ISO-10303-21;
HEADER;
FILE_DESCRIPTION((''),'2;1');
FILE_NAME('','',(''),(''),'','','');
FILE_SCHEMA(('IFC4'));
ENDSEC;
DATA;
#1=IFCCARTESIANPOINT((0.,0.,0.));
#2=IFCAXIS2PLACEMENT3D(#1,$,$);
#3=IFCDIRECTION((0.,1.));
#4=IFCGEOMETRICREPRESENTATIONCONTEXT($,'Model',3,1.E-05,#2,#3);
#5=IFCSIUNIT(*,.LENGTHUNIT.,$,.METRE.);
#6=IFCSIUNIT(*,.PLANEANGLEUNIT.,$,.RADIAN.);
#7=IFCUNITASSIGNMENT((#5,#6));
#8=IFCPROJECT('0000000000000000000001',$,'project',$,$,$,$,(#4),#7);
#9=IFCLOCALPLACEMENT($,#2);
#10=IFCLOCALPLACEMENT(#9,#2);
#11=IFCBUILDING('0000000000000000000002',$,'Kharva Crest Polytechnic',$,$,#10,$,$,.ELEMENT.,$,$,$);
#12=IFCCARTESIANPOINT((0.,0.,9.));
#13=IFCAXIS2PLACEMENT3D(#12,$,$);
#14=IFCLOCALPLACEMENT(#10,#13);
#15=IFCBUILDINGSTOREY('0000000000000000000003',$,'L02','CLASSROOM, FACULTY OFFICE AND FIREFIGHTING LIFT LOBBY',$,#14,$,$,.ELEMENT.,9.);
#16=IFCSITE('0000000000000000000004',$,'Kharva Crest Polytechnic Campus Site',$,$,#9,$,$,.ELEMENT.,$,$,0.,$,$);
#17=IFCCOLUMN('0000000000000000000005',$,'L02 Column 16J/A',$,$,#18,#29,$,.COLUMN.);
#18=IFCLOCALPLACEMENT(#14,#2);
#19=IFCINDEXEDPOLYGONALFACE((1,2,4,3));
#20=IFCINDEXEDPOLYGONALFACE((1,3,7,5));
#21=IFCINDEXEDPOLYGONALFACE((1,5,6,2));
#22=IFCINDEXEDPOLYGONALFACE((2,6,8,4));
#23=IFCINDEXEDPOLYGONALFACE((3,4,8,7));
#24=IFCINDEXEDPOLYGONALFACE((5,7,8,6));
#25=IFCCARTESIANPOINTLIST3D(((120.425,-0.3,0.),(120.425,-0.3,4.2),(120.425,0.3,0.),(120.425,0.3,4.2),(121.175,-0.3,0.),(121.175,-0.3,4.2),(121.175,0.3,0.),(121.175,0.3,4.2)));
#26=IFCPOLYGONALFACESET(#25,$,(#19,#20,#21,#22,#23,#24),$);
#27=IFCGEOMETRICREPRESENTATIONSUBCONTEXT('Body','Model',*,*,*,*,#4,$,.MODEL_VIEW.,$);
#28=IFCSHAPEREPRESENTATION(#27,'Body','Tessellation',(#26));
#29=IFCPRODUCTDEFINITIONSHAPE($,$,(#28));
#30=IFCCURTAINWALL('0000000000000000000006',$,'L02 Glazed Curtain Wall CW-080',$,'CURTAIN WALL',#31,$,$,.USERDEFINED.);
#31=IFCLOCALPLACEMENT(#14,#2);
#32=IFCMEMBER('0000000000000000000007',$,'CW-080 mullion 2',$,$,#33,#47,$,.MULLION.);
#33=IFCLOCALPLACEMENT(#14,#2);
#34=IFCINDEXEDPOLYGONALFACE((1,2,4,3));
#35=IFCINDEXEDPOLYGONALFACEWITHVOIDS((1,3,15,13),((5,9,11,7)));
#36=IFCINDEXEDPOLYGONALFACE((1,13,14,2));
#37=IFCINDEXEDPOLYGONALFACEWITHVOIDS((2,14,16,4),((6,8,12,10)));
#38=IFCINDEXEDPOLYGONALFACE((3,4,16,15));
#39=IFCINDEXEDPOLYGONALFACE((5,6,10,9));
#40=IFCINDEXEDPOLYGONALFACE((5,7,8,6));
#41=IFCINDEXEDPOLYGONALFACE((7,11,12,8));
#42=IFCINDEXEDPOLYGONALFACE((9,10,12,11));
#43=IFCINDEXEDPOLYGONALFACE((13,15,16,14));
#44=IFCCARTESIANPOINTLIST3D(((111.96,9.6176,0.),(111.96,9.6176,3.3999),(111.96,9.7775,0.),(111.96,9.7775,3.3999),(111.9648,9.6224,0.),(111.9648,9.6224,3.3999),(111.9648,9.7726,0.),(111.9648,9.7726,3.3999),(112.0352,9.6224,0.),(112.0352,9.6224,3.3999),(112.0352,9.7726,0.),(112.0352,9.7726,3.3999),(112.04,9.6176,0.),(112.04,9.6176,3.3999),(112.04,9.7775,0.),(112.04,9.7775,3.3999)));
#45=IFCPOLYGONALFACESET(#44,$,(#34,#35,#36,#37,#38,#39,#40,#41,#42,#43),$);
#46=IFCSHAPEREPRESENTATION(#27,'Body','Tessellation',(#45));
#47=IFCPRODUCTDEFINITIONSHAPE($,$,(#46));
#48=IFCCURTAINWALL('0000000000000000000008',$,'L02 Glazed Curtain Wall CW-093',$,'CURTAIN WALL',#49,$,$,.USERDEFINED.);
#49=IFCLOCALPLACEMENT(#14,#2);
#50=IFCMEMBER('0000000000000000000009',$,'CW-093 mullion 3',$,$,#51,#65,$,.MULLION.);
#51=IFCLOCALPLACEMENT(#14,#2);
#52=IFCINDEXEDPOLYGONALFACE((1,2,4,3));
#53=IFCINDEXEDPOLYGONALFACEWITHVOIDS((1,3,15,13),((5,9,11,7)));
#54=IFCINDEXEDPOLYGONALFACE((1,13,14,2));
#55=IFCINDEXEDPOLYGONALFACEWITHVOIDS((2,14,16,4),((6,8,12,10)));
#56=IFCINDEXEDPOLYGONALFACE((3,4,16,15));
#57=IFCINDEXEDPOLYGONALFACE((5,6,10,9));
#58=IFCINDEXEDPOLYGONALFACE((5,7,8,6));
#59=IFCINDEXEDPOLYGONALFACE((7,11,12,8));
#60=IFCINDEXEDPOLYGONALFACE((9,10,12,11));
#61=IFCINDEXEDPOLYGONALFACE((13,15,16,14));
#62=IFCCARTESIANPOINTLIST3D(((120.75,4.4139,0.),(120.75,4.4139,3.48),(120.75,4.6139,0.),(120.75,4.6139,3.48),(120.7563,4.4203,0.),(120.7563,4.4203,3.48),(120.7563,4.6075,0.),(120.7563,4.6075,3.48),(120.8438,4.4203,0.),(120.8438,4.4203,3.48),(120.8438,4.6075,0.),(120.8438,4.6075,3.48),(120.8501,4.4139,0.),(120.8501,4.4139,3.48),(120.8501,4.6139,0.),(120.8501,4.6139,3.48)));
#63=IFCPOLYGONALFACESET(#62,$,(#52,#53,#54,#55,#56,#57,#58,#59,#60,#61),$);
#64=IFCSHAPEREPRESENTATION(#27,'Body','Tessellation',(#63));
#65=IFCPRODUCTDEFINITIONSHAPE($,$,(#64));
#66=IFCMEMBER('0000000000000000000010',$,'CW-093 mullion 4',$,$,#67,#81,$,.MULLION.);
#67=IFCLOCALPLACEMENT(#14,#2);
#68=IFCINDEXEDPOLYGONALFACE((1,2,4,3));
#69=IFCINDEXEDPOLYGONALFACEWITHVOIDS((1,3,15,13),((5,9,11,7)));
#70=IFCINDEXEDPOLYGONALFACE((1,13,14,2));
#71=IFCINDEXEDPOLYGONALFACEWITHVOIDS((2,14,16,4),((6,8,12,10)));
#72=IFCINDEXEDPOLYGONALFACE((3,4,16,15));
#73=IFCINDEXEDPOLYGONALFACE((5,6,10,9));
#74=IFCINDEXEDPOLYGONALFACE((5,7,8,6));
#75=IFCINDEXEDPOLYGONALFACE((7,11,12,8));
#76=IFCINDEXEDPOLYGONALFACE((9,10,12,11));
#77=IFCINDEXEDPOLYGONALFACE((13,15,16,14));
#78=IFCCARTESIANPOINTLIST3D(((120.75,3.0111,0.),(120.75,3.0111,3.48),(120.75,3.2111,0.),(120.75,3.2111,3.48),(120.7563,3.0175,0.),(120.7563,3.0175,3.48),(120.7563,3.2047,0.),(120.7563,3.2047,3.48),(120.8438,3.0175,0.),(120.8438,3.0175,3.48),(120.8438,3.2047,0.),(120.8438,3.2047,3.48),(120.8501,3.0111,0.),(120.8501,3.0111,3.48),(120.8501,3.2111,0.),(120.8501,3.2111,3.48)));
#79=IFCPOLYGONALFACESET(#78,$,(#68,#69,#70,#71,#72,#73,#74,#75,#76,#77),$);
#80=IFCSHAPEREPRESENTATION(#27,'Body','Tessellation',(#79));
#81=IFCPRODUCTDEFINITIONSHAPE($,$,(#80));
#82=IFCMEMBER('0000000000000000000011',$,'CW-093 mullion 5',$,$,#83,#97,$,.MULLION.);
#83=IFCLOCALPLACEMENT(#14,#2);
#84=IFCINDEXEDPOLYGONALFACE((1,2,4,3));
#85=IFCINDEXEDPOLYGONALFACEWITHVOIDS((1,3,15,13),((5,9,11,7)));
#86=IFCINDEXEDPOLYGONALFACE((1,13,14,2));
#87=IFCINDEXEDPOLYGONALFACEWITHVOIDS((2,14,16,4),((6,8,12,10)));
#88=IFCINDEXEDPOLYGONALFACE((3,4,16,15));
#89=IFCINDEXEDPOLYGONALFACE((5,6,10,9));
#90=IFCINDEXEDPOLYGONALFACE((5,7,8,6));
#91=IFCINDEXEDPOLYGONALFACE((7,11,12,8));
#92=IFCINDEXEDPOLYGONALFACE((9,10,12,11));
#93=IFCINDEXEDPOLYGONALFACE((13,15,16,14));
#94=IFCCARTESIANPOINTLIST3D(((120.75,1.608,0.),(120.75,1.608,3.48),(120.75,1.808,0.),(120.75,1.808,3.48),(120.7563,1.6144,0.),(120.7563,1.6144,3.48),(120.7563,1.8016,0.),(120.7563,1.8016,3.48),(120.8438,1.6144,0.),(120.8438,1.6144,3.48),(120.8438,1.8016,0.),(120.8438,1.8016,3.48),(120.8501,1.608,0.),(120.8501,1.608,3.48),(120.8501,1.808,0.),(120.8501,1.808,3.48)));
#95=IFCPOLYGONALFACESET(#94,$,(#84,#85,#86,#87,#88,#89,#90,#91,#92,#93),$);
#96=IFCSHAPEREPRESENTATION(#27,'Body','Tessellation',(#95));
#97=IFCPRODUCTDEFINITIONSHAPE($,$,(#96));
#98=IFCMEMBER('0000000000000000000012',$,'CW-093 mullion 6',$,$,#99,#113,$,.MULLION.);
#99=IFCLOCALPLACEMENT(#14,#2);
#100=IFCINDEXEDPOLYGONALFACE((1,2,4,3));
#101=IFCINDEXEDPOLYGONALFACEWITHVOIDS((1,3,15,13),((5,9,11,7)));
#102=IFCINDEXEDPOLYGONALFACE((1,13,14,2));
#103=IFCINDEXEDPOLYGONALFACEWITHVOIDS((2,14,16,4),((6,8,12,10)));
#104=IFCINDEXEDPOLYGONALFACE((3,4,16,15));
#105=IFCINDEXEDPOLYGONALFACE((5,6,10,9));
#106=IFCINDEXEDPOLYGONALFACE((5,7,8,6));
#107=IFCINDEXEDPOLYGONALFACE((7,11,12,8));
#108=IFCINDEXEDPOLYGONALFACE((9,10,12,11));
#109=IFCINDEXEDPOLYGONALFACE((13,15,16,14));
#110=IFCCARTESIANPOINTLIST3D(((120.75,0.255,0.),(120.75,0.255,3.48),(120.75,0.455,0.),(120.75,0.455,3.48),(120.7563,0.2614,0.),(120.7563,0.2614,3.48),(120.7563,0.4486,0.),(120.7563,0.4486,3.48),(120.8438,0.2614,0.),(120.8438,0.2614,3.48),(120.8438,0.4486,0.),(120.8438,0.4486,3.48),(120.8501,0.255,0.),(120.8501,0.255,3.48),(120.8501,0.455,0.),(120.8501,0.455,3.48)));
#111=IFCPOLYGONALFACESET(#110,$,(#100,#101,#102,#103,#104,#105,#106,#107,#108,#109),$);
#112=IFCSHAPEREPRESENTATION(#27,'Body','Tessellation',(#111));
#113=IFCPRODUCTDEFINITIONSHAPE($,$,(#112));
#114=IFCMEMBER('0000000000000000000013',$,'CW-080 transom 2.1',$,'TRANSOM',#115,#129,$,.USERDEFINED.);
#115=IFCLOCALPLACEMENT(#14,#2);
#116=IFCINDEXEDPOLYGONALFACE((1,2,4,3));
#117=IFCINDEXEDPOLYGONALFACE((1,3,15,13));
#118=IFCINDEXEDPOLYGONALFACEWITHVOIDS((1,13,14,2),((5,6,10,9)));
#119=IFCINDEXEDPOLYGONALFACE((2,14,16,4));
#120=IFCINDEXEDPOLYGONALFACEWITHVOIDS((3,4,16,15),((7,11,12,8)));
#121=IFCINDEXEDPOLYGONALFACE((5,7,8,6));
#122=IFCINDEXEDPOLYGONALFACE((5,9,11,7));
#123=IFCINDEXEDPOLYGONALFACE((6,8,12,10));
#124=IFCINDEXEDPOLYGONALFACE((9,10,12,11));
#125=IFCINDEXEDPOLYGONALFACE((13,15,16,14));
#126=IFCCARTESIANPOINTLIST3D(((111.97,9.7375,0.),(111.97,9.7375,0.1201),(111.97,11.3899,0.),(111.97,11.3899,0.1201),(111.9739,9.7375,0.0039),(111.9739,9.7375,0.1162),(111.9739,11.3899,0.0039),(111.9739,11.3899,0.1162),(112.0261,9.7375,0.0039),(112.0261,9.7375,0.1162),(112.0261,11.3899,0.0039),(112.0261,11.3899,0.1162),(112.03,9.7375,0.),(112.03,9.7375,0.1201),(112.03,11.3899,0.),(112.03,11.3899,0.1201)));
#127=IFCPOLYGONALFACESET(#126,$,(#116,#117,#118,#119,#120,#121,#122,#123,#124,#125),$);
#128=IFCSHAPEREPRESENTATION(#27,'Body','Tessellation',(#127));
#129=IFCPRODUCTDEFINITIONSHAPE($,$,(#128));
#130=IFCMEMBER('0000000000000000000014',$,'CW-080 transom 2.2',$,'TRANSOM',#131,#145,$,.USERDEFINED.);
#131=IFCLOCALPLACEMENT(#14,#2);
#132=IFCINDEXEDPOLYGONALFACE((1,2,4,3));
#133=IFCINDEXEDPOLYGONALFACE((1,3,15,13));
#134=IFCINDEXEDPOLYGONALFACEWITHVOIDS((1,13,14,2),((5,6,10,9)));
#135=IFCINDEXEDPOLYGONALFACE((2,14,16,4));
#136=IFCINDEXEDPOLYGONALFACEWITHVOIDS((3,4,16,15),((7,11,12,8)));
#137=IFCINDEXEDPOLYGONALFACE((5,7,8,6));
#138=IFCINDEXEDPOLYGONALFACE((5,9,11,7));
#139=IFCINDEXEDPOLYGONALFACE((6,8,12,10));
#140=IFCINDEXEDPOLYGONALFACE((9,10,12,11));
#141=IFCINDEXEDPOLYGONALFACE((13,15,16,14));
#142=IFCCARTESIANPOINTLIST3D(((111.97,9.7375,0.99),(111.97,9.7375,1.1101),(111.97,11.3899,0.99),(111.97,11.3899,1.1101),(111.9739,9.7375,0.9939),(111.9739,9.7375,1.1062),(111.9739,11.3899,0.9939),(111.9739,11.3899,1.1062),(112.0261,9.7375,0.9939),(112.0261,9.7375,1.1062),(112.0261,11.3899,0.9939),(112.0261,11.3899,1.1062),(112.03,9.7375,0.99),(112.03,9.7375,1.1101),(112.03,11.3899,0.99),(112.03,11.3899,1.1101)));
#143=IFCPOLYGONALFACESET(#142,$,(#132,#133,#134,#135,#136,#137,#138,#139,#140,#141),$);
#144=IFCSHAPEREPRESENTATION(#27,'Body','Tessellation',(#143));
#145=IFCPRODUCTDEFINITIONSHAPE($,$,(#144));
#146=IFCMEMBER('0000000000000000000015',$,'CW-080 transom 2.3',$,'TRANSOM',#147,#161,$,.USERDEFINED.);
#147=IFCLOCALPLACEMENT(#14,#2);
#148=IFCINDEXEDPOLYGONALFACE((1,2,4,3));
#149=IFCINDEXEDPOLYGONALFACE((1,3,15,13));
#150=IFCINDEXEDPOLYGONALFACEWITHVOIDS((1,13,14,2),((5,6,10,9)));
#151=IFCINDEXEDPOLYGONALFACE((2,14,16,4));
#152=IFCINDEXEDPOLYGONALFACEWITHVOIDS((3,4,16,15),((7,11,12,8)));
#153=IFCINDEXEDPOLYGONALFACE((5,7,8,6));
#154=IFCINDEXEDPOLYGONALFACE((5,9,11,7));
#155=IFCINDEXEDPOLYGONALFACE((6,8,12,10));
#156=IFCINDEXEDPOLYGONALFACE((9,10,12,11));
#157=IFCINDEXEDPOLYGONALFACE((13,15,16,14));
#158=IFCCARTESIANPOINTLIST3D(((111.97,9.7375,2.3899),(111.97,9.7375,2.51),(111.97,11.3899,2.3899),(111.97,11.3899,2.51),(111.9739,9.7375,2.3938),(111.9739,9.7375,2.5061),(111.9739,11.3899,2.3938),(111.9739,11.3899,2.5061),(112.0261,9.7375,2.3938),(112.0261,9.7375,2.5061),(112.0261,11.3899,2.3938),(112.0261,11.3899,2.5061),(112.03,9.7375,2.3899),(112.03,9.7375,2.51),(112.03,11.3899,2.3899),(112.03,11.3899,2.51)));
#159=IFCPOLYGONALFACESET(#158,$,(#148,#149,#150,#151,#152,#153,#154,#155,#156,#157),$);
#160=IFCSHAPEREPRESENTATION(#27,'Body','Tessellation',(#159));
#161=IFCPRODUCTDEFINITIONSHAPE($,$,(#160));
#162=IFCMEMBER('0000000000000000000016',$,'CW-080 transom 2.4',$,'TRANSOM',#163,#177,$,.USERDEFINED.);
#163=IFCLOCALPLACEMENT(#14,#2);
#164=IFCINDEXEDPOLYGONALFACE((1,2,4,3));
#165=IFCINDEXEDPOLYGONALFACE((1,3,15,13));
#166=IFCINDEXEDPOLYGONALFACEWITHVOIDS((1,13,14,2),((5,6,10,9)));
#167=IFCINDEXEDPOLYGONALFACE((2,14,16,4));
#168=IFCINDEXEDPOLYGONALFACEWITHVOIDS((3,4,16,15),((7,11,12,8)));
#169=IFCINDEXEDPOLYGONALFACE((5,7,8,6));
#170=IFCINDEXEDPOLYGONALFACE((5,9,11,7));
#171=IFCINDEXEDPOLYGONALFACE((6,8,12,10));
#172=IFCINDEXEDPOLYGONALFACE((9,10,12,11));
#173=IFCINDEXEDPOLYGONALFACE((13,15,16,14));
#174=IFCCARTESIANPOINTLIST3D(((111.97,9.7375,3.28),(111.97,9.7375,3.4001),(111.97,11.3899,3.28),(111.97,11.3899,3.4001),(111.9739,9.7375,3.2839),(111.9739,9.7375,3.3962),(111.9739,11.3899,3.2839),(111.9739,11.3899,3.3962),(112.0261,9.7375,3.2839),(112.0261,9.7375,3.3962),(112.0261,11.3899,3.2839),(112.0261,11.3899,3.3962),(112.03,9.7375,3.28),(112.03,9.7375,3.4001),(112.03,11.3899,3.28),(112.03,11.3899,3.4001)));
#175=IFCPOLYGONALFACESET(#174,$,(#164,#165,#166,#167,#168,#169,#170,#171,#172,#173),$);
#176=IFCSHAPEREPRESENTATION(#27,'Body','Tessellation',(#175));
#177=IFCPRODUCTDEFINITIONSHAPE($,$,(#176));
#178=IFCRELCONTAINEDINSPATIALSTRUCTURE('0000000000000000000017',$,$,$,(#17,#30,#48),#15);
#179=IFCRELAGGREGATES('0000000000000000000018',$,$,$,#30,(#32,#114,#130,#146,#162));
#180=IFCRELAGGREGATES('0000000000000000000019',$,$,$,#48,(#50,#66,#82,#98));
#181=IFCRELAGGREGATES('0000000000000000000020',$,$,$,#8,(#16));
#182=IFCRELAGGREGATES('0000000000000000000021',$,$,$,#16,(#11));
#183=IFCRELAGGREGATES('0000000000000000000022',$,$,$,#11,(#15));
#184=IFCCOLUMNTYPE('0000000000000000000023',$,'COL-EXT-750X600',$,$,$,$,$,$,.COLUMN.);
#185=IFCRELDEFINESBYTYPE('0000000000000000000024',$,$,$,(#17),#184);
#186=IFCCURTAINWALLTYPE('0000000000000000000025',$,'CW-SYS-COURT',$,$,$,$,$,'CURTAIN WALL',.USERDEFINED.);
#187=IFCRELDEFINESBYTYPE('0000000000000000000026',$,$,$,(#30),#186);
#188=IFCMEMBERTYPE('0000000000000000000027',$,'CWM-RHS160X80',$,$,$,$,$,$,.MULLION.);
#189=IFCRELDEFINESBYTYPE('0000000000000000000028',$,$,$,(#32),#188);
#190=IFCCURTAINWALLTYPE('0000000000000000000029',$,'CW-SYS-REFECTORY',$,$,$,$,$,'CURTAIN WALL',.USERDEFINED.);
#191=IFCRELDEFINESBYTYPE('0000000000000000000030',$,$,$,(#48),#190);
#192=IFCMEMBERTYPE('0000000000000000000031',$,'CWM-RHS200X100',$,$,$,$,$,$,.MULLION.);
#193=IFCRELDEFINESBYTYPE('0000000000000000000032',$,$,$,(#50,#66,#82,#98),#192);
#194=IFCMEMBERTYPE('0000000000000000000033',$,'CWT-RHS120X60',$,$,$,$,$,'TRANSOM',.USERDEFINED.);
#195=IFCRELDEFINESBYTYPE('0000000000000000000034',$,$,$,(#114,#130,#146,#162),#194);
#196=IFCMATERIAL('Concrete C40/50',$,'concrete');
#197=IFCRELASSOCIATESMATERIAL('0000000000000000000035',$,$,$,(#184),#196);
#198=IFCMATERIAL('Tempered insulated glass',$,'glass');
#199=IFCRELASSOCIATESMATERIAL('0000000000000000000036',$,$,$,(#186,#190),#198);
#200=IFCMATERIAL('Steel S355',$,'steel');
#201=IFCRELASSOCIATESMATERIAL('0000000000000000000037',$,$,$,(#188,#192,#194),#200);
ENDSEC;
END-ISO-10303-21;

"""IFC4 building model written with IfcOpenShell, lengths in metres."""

from ifc_helpers import new_model, si_unit, direction, frame, origin, origin_2d, place, context, subcontext, project, spatial, rectangle, hollow_rectangle, extrude, material, material_profile, profile_set, type_object, element, aggregate, save


model = new_model("IFC4")

# Units and contexts
model_context = context("Model", 3, precision=1e-05, world=origin(), true_north=direction((0.0, 1.0)))
body_context = subcontext(model_context, "Body", "Model", "MODEL_VIEW")
ifc_project = project(units=[si_unit("LENGTHUNIT", "METRE"), si_unit("PLANEANGLEUNIT", "RADIAN")], contexts=[model_context])

# Site, building, storey
site_placement = place(None, origin())
site = spatial("IfcSite", under=ifc_project, at=site_placement, Name="Kharva Crest Polytechnic Campus Site", CompositionType="ELEMENT", RefElevation=0.0)
building_placement = place(site_placement, origin())
building = spatial("IfcBuilding", under=site, at=building_placement, Name="Kharva Crest Polytechnic", CompositionType="ELEMENT")
storey_placement = place(building_placement, frame((0.0, 0.0, 9.0)))
storey = spatial("IfcBuildingStorey", under=building, at=storey_placement, Name="L02", Description="CLASSROOM, FACULTY OFFICE AND FIREFIGHTING LIFT LOBBY", CompositionType="ELEMENT", Elevation=9.0)

# Column
ifc_material_1 = material(Name="Concrete C40/50", Category="concrete")
ifc_material_profile_1 = material_profile(ifc_material_1, rectangle(XDim=0.75, YDim=0.6001, at=origin_2d()), Name="RECT 750 X 600")
ifc_profile_set_1 = profile_set([ifc_material_profile_1], Name="Concrete C40/50")
column_type = type_object("IfcColumnType", Name="COL-EXT-750X600", PredefinedType="COLUMN", material=ifc_profile_set_1)
column_placement = place(storey_placement, frame((120.8, 0.0, 0.0), z_axis=(0.0, 0.0, 1.0), x_axis=(1.0, 0.0, 0.0)))
element("IfcColumn", 1, at=column_placement, inside=storey, type_object=column_type, Name="L02 Column 16J/A", PredefinedType="COLUMN", context=body_context, shape_type="SweptSolid", body=[
    extrude(rectangle(XDim=0.75, YDim=0.6001, at=origin_2d()), origin(), (0.0, 0.0, 1.0), 4.2),
])

# Curtain wall, member
ifc_material_2 = material(Name="Tempered insulated glass", Category="glass")
curtain_wall_type_1 = type_object("IfcCurtainWallType", Name="CW-SYS-COURT", ElementType="CURTAIN WALL", PredefinedType="USERDEFINED", material=ifc_material_2)
curtain_wall_1_placement = place(storey_placement, origin())
curtain_wall_1 = element("IfcCurtainWall", 2, at=curtain_wall_1_placement, inside=storey, type_object=curtain_wall_type_1, Name="L02 Glazed Curtain Wall CW-080", ObjectType="CURTAIN WALL", PredefinedType="USERDEFINED")
ifc_material_3 = material(Name="Steel S355", Category="steel")
ifc_material_profile_2 = material_profile(ifc_material_3, hollow_rectangle(XDim=0.0801, YDim=0.1599, WallThickness=0.0049, at=origin_2d()), Name="RHS 160X80X5.0")
ifc_profile_set_2 = profile_set([ifc_material_profile_2], Name="Steel S355")
member_type_1 = type_object("IfcMemberType", Name="CWM-RHS160X80", PredefinedType="MULLION", material=ifc_profile_set_2)
member_1_placement = place(storey_placement, frame((112.0, 9.6975, 0.0), z_axis=(0.0, 0.0, 1.0), x_axis=(-1.0, 0.0, 0.0)))
member_1 = element("IfcMember", 3, at=member_1_placement, type_object=member_type_1, Name="CW-080 mullion 2", PredefinedType="MULLION", context=body_context, shape_type="SweptSolid", body=[
    extrude(hollow_rectangle(XDim=0.0801, YDim=0.1599, WallThickness=0.0049, at=origin_2d()), origin(), (0.0, 0.0, 1.0), 3.3999),
])

# Curtain wall, members
curtain_wall_type_2 = type_object("IfcCurtainWallType", Name="CW-SYS-REFECTORY", ElementType="CURTAIN WALL", PredefinedType="USERDEFINED", material=ifc_material_2)
curtain_wall_2_placement = place(storey_placement, origin())
curtain_wall_2 = element("IfcCurtainWall", 4, at=curtain_wall_2_placement, inside=storey, type_object=curtain_wall_type_2, Name="L02 Glazed Curtain Wall CW-093", ObjectType="CURTAIN WALL", PredefinedType="USERDEFINED")
ifc_material_profile_3 = material_profile(ifc_material_3, hollow_rectangle(XDim=0.1001, YDim=0.2, WallThickness=0.0063, at=origin_2d()), Name="RHS 200X100X6.3")
ifc_profile_set_3 = profile_set([ifc_material_profile_3], Name="Steel S355")
member_type_2 = type_object("IfcMemberType", Name="CWM-RHS200X100", PredefinedType="MULLION", material=ifc_profile_set_3)
member_2_placement = place(storey_placement, frame((120.8, 4.5139, 0.0), z_axis=(0.0, 0.0, 1.0), x_axis=(1.0, 0.0, 0.0)))
member_2 = element("IfcMember", 5, at=member_2_placement, type_object=member_type_2, Name="CW-093 mullion 3", PredefinedType="MULLION", context=body_context, shape_type="SweptSolid", body=[
    extrude(hollow_rectangle(XDim=0.1001, YDim=0.2, WallThickness=0.0063, at=origin_2d()), origin(), (0.0, 0.0, 1.0), 3.48),
])
member_3_placement = place(storey_placement, frame((120.8, 3.1111, 0.0), z_axis=(0.0, 0.0, 1.0), x_axis=(1.0, 0.0, 0.0)))
member_3 = element("IfcMember", 6, at=member_3_placement, type_object=member_type_2, Name="CW-093 mullion 4", PredefinedType="MULLION", context=body_context, shape_type="SweptSolid", body=[
    extrude(hollow_rectangle(XDim=0.1001, YDim=0.2, WallThickness=0.0063, at=origin_2d()), origin(), (0.0, 0.0, 1.0), 3.48),
])
member_4_placement = place(storey_placement, frame((120.8, 1.708, 0.0), z_axis=(0.0, 0.0, 1.0), x_axis=(1.0, 0.0, 0.0)))
member_4 = element("IfcMember", 7, at=member_4_placement, type_object=member_type_2, Name="CW-093 mullion 5", PredefinedType="MULLION", context=body_context, shape_type="SweptSolid", body=[
    extrude(hollow_rectangle(XDim=0.1001, YDim=0.2, WallThickness=0.0063, at=origin_2d()), origin(), (0.0, 0.0, 1.0), 3.48),
])
member_5_placement = place(storey_placement, frame((120.8, 0.355, 0.0), z_axis=(0.0, 0.0, 1.0), x_axis=(1.0, 0.0, 0.0)))
member_5 = element("IfcMember", 8, at=member_5_placement, type_object=member_type_2, Name="CW-093 mullion 6", PredefinedType="MULLION", context=body_context, shape_type="SweptSolid", body=[
    extrude(hollow_rectangle(XDim=0.1001, YDim=0.2, WallThickness=0.0063, at=origin_2d()), origin(), (0.0, 0.0, 1.0), 3.48),
])

# Members
ifc_material_profile_4 = material_profile(ifc_material_3, hollow_rectangle(XDim=0.0601, YDim=0.1201, WallThickness=0.0039, at=origin_2d()), Name="RHS 120X60X4.0")
ifc_profile_set_4 = profile_set([ifc_material_profile_4], Name="Steel S355")
member_type_3 = type_object("IfcMemberType", Name="CWT-RHS120X60", ElementType="TRANSOM", PredefinedType="USERDEFINED", material=ifc_profile_set_4)
member_6_placement = place(storey_placement, frame((112.0, 9.7375, 0.0601), z_axis=(0.0, 1.0, 0.0), x_axis=(-1.0, 0.0, 0.0)))
member_6 = element("IfcMember", 9, at=member_6_placement, type_object=member_type_3, Name="CW-080 transom 2.1", ObjectType="TRANSOM", PredefinedType="USERDEFINED", context=body_context, shape_type="SweptSolid", body=[
    extrude(hollow_rectangle(XDim=0.0601, YDim=0.1201, WallThickness=0.0039, at=origin_2d()), origin(), (0.0, 0.0, 1.0), 1.6523),
])
member_7_placement = place(storey_placement, frame((112.0, 9.7375, 1.05), z_axis=(0.0, 1.0, 0.0), x_axis=(-1.0, 0.0, 0.0)))
member_7 = element("IfcMember", 10, at=member_7_placement, type_object=member_type_3, Name="CW-080 transom 2.2", ObjectType="TRANSOM", PredefinedType="USERDEFINED", context=body_context, shape_type="SweptSolid", body=[
    extrude(hollow_rectangle(XDim=0.0601, YDim=0.1201, WallThickness=0.0039, at=origin_2d()), origin(), (0.0, 0.0, 1.0), 1.6523),
])
member_8_placement = place(storey_placement, frame((112.0, 9.7375, 2.45), z_axis=(0.0, 1.0, 0.0), x_axis=(-1.0, 0.0, 0.0)))
member_8 = element("IfcMember", 11, at=member_8_placement, type_object=member_type_3, Name="CW-080 transom 2.3", ObjectType="TRANSOM", PredefinedType="USERDEFINED", context=body_context, shape_type="SweptSolid", body=[
    extrude(hollow_rectangle(XDim=0.0601, YDim=0.1201, WallThickness=0.0039, at=origin_2d()), origin(), (0.0, 0.0, 1.0), 1.6523),
])
member_9_placement = place(storey_placement, frame((112.0, 9.7375, 3.3401), z_axis=(0.0, 1.0, 0.0), x_axis=(-1.0, 0.0, 0.0)))
member_9 = element("IfcMember", 12, at=member_9_placement, type_object=member_type_3, Name="CW-080 transom 2.4", ObjectType="TRANSOM", PredefinedType="USERDEFINED", context=body_context, shape_type="SweptSolid", body=[
    extrude(hollow_rectangle(XDim=0.0601, YDim=0.1201, WallThickness=0.0039, at=origin_2d()), origin(), (0.0, 0.0, 1.0), 1.6523),
])

aggregate(curtain_wall_1, [member_1, member_6, member_7, member_8, member_9])
aggregate(curtain_wall_2, [member_2, member_3, member_4, member_5])

save(model, "model.ifc")
